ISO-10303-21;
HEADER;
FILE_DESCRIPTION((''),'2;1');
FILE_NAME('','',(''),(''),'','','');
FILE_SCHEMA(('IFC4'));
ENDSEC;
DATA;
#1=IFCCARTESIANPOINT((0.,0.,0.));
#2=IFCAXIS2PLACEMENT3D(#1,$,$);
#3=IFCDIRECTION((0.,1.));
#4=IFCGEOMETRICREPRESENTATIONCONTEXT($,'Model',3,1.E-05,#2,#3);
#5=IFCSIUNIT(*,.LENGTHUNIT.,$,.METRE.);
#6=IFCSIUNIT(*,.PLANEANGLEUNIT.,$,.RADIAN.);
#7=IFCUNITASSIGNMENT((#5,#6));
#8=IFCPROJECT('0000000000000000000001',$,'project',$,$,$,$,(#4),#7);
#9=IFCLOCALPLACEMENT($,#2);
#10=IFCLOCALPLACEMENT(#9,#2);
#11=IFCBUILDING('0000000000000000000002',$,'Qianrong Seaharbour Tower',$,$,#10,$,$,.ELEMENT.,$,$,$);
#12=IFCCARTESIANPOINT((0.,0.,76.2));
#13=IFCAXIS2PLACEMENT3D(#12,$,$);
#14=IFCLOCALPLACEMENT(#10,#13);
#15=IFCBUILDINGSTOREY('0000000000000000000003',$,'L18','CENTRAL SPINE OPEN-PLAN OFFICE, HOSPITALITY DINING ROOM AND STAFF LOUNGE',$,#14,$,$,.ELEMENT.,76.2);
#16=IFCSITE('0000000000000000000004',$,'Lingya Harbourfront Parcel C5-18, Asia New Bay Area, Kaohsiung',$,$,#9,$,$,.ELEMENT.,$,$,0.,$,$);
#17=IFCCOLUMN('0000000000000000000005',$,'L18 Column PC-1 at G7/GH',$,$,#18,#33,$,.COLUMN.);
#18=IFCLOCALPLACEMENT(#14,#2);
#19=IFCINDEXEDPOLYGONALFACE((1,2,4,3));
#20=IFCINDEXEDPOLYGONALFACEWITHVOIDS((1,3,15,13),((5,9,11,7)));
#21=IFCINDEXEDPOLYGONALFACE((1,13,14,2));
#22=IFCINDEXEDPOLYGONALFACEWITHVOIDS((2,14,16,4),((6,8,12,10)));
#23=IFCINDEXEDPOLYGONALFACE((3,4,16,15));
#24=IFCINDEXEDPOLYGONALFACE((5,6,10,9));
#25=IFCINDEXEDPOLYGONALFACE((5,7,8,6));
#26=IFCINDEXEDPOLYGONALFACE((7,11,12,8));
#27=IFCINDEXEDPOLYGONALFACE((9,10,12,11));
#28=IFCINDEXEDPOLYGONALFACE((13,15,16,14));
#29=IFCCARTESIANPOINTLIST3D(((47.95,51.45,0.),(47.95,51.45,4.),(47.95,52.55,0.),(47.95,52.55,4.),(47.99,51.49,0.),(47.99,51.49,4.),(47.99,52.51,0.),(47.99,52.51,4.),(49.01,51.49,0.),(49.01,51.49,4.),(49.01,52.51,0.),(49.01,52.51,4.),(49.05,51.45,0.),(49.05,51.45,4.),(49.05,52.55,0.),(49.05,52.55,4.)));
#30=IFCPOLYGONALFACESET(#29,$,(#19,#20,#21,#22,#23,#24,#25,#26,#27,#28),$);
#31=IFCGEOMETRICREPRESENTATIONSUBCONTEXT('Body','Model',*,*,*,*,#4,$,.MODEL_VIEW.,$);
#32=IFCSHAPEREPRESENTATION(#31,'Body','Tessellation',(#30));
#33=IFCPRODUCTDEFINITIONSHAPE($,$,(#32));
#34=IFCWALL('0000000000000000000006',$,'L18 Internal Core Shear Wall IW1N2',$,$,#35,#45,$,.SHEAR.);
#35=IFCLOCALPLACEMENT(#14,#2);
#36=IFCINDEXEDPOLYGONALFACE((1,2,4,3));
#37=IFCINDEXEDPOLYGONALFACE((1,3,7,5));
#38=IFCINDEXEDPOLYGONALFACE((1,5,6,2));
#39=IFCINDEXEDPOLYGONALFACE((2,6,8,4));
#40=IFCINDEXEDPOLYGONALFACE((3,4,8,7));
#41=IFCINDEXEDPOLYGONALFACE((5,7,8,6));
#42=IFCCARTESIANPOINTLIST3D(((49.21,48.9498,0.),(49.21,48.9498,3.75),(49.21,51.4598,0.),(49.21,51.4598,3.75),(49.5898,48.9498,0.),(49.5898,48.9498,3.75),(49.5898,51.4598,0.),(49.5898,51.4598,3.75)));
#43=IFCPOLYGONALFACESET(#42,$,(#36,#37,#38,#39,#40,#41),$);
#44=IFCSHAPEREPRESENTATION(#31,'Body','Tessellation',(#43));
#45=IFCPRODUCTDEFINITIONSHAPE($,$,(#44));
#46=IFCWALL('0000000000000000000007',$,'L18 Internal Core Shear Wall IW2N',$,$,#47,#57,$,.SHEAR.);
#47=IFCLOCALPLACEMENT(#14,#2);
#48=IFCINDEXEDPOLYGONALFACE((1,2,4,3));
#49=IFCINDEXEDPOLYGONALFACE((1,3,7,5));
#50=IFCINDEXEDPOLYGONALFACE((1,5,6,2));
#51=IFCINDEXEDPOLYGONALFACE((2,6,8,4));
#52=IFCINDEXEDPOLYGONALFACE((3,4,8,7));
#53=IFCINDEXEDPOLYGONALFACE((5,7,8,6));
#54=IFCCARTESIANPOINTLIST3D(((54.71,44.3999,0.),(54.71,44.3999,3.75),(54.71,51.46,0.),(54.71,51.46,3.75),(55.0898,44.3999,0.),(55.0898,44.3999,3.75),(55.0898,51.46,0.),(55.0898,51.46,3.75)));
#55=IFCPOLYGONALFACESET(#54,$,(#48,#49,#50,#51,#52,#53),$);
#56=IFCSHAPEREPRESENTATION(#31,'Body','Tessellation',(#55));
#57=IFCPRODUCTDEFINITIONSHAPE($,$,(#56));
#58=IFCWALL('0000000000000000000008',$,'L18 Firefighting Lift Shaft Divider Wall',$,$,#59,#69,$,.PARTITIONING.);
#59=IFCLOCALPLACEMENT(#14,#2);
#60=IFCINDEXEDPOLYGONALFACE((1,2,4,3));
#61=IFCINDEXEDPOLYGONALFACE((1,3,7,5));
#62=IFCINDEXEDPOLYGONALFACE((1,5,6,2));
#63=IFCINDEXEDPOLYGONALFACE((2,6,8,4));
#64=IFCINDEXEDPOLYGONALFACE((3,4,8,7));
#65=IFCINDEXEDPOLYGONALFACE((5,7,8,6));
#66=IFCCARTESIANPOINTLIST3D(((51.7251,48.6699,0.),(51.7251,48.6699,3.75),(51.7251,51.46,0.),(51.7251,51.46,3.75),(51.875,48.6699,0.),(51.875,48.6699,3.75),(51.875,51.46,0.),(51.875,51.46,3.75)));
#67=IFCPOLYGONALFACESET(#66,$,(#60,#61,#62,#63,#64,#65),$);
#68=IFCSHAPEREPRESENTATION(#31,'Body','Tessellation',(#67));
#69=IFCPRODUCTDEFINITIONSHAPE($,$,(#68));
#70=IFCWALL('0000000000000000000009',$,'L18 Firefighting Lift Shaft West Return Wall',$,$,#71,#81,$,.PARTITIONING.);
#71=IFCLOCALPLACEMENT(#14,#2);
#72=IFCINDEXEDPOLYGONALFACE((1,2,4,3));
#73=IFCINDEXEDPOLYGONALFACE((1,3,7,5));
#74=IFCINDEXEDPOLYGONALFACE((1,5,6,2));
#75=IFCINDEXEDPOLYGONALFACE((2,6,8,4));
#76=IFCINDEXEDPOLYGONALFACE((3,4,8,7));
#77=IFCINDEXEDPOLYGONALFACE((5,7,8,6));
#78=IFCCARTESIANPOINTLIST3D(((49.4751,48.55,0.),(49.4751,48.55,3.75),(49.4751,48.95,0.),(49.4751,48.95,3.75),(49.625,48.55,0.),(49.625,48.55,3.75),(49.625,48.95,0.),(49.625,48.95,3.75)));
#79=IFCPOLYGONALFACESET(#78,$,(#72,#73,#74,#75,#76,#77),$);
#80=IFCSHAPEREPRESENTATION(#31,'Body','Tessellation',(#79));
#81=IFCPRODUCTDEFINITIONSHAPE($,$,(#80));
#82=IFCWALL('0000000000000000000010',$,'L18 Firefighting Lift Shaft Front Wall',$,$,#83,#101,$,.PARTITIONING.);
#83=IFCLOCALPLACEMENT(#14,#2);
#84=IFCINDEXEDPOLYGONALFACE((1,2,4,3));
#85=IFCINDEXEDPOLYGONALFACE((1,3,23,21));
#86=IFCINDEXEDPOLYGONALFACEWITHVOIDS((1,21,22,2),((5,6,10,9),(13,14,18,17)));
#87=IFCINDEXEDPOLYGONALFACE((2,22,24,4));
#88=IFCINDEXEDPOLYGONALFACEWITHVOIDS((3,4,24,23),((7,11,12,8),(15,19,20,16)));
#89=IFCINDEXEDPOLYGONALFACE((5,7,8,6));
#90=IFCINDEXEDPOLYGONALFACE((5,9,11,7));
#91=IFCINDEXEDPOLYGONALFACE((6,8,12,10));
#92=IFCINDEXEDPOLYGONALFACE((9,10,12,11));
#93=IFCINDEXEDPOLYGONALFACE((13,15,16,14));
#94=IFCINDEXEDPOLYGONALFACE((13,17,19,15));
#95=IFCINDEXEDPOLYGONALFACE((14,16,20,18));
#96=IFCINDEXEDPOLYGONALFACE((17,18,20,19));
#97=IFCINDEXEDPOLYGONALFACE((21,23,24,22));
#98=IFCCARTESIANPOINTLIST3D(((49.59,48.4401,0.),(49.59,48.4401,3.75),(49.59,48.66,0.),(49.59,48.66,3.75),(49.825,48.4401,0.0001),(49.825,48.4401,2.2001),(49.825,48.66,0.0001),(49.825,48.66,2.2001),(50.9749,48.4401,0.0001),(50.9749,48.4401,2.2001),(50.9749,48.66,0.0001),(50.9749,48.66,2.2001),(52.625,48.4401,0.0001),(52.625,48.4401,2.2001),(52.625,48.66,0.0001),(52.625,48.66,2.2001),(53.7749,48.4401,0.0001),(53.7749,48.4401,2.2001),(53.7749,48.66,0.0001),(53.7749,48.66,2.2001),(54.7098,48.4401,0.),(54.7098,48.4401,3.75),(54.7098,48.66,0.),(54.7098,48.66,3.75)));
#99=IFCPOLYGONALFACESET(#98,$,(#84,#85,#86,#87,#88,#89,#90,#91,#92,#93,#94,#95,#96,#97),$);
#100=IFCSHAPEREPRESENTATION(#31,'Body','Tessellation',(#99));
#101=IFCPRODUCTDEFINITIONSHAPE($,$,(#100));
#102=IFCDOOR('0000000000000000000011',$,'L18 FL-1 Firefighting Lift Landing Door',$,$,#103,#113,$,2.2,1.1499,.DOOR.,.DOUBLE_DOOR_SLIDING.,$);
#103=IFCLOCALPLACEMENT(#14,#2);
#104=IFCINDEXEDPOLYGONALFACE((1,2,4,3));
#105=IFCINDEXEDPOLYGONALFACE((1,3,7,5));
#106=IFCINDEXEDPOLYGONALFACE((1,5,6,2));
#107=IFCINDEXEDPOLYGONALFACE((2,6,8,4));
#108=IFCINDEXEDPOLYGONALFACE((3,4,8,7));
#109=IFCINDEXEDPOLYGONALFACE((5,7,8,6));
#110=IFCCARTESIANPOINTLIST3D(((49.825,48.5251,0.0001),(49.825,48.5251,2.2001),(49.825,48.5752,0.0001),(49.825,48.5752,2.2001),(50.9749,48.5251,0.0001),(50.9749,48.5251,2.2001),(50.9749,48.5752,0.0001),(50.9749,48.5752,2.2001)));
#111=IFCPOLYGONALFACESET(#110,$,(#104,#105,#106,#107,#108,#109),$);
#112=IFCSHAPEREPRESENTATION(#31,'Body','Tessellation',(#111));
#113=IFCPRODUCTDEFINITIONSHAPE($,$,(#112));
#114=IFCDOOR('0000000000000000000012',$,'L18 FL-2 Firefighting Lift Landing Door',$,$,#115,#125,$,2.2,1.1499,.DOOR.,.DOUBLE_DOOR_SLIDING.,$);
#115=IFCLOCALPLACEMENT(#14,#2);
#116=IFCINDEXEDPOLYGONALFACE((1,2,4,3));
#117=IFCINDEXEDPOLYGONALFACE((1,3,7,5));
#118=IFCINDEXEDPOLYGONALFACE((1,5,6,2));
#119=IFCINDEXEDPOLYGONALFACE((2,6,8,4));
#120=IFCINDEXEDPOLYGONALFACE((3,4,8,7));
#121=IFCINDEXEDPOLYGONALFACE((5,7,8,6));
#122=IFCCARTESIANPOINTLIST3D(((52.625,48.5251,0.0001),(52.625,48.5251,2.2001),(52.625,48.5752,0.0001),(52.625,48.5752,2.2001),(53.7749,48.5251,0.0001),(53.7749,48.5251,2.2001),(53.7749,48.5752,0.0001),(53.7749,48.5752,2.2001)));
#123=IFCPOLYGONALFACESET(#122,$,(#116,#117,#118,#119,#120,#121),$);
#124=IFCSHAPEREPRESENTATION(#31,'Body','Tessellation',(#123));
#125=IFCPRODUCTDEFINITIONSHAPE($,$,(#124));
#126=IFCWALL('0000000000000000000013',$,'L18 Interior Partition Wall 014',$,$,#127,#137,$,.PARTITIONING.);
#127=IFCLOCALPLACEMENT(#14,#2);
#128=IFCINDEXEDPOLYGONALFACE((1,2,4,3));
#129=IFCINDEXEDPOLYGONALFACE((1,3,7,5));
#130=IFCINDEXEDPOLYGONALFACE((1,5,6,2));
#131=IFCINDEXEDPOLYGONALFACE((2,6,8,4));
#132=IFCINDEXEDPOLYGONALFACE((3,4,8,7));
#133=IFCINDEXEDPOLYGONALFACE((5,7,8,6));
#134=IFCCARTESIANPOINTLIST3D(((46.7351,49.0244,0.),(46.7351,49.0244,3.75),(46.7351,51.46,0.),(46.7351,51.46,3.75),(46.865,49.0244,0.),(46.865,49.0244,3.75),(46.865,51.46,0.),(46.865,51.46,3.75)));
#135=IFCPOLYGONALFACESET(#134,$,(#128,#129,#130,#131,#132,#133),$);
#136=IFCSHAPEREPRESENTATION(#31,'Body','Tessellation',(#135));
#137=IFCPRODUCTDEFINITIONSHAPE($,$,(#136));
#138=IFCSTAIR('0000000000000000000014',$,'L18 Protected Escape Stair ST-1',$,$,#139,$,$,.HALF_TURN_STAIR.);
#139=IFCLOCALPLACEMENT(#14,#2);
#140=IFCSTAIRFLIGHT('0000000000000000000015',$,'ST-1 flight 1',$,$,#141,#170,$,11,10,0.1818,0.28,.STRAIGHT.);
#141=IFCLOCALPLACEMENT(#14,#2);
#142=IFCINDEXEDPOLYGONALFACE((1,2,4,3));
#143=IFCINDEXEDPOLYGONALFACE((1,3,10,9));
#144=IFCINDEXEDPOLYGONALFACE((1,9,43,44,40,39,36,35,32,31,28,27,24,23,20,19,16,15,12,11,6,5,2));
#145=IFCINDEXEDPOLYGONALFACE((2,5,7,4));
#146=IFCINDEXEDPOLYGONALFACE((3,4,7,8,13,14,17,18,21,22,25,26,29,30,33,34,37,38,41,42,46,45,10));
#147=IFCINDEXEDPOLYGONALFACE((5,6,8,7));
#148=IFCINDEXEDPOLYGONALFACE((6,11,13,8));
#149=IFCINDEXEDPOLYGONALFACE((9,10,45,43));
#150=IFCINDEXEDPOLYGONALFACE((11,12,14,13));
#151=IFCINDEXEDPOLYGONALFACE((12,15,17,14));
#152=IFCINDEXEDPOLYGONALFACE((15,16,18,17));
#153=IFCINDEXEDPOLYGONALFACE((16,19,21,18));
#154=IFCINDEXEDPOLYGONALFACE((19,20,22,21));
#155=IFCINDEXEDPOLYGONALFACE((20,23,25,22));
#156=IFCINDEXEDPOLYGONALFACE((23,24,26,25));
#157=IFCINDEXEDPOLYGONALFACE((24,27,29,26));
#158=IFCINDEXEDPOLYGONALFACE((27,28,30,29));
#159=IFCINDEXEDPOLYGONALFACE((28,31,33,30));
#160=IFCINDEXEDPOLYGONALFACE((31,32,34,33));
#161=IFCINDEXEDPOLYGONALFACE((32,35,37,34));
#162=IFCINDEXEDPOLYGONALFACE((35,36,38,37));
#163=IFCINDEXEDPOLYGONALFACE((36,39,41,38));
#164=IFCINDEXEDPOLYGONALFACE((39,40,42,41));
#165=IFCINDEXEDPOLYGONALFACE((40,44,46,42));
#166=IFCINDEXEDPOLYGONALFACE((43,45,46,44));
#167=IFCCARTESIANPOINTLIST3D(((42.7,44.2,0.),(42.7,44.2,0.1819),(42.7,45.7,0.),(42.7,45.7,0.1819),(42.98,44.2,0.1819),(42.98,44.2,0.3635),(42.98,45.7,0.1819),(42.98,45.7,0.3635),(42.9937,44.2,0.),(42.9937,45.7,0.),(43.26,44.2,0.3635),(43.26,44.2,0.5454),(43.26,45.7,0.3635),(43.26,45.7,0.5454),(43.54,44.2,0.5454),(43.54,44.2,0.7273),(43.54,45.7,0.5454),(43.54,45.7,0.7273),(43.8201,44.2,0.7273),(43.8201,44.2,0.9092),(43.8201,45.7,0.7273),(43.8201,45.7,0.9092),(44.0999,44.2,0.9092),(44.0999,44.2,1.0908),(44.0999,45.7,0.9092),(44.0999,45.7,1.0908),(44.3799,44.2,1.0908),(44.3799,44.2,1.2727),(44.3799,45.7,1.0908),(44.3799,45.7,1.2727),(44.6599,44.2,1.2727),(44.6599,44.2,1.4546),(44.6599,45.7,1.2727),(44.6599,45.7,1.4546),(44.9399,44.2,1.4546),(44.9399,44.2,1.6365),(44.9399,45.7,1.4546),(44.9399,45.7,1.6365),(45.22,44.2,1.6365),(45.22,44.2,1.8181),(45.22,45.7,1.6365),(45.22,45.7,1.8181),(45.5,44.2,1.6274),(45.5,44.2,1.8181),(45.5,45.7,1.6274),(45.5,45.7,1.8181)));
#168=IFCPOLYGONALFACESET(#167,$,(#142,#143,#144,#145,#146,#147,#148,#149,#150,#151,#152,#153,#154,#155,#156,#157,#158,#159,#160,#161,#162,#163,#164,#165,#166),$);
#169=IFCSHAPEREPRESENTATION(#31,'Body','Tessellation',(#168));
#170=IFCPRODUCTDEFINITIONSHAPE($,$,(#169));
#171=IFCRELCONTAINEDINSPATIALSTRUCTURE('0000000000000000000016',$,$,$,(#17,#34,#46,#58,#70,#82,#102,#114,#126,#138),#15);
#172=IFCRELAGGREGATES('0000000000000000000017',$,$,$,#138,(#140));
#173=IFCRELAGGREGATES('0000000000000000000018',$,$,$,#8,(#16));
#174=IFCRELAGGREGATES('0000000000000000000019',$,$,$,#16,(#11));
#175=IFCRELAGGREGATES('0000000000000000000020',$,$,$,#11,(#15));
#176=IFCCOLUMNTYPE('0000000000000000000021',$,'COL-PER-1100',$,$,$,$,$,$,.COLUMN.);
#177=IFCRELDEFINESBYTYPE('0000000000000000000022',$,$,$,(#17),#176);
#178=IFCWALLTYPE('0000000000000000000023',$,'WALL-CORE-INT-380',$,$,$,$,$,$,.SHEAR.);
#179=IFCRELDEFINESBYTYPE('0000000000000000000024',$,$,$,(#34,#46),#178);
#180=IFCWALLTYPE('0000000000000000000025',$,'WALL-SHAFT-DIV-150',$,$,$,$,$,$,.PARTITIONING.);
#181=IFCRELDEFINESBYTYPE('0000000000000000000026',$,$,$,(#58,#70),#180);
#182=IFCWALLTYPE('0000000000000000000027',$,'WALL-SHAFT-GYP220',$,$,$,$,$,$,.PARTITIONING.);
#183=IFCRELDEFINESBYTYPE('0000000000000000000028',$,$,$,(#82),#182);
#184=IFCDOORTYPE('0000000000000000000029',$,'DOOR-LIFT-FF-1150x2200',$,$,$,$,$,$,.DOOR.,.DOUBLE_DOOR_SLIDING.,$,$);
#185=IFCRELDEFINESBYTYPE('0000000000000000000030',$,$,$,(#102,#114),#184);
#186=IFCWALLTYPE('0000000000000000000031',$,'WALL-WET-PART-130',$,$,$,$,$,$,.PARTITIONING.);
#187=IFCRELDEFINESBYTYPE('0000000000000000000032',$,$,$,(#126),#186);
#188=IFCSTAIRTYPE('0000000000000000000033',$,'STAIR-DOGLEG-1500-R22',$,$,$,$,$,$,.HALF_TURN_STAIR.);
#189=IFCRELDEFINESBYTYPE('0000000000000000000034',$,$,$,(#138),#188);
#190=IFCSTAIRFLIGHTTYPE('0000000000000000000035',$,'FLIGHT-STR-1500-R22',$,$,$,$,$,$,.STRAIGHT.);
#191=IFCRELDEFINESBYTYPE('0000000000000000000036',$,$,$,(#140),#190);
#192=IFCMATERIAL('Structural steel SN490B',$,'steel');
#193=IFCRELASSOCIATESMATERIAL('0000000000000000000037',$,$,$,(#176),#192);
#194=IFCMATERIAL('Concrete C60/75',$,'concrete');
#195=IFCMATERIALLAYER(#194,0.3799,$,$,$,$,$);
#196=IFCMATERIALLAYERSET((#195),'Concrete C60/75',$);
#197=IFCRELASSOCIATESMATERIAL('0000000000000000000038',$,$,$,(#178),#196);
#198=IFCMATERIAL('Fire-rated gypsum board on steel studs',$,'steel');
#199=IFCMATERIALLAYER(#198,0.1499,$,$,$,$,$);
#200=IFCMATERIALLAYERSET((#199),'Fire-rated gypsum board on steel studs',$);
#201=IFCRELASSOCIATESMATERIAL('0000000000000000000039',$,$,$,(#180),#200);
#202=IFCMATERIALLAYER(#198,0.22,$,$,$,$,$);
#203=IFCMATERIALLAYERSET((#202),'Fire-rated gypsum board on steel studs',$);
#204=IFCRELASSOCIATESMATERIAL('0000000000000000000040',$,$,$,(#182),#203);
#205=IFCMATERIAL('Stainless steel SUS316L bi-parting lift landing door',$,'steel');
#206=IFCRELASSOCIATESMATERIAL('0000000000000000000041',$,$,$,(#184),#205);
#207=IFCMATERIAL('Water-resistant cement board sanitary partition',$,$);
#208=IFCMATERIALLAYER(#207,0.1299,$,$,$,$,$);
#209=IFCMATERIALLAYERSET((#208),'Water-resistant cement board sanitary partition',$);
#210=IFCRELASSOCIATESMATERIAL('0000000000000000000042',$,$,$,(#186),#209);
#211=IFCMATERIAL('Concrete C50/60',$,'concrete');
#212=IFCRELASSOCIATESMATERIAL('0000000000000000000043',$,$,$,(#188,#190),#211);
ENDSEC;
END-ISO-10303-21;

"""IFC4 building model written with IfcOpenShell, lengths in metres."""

from ifc_helpers import new_model, si_unit, direction, frame, frame_2d, origin, origin_2d, place, context, subcontext, project, spatial, polyline, rectangle, hollow_rectangle, outline, extrude, material, layer, layer_set, material_profile, profile_set, type_object, element, fill, aggregate, save


model = new_model("IFC4")

# Units and contexts
model_context = context("Model", 3, precision=1e-05, world=origin(), true_north=direction((0.0, 1.0)))
body_context = subcontext(model_context, "Body", "Model", "MODEL_VIEW")
ifc_project = project(units=[si_unit("LENGTHUNIT", "METRE"), si_unit("PLANEANGLEUNIT", "RADIAN")], contexts=[model_context])

# Site, building, storey
site_placement = place(None, origin())
site = spatial("IfcSite", under=ifc_project, at=site_placement, Name="Lingya Harbourfront Parcel C5-18, Asia New Bay Area, Kaohsiung", CompositionType="ELEMENT", RefElevation=0.0)
building_placement = place(site_placement, origin())
building = spatial("IfcBuilding", under=site, at=building_placement, Name="Qianrong Seaharbour Tower", CompositionType="ELEMENT")
storey_placement = place(building_placement, frame((0.0, 0.0, 76.2)))
storey = spatial("IfcBuildingStorey", under=building, at=storey_placement, Name="L18", Description="CENTRAL SPINE OPEN-PLAN OFFICE, HOSPITALITY DINING ROOM AND STAFF LOUNGE", CompositionType="ELEMENT", Elevation=76.2)

# Column
ifc_material_1 = material(Name="Structural steel SN490B", Category="steel")
ifc_material_profile = material_profile(ifc_material_1, hollow_rectangle(XDim=1.1001, YDim=1.1001, WallThickness=0.04, at=origin_2d()), Name="BOX1100x1100x40")
ifc_profile_set = profile_set([ifc_material_profile], Name="Structural steel SN490B")
column_type = type_object("IfcColumnType", Name="COL-PER-1100", PredefinedType="COLUMN", material=ifc_profile_set)
column_placement = place(storey_placement, frame((48.5, 52.0, 0.0), z_axis=(0.0, 0.0, 1.0), x_axis=(1.0, 0.0, 0.0)))
element("IfcColumn", 1, at=column_placement, inside=storey, type_object=column_type, Name="L18 Column PC-1 at G7/GH", PredefinedType="COLUMN", context=body_context, shape_type="SweptSolid", body=[
    extrude(hollow_rectangle(XDim=1.1001, YDim=1.1001, WallThickness=0.04, at=origin_2d()), origin(), (0.0, 0.0, 1.0), 4.0),
])

# Walls
ifc_material_2 = material(Name="Concrete C60/75", Category="concrete")
ifc_layer_1 = layer(ifc_material_2, 0.3799)
ifc_layer_set_1 = layer_set([ifc_layer_1], Name="Concrete C60/75")
wall_type_1 = type_object("IfcWallType", Name="WALL-CORE-INT-380", PredefinedType="SHEAR", material=ifc_layer_set_1)
wall_1_placement = place(storey_placement, frame((49.3999, 48.95, 0.0), z_axis=(0.0, 0.0, 1.0), x_axis=(0.0, 1.0, 0.0)))
element("IfcWall", 2, at=wall_1_placement, inside=storey, type_object=wall_type_1, Name="L18 Internal Core Shear Wall IW1N2", PredefinedType="SHEAR", context=body_context, shape_type="SweptSolid", body=[
    extrude(rectangle(XDim=2.51, YDim=0.3799, at=frame_2d((1.2549, 0.0))), origin(), (0.0, 0.0, 1.0), 3.75),
])
wall_2_placement = place(storey_placement, frame((54.8999, 44.3999, 0.0), z_axis=(0.0, 0.0, 1.0), x_axis=(0.0, 1.0, 0.0)))
element("IfcWall", 3, at=wall_2_placement, inside=storey, type_object=wall_type_1, Name="L18 Internal Core Shear Wall IW2N", PredefinedType="SHEAR", context=body_context, shape_type="SweptSolid", body=[
    extrude(rectangle(XDim=7.0601, YDim=0.3799, at=frame_2d((3.53, 0.0))), origin(), (0.0, 0.0, 1.0), 3.75),
])

# Walls
ifc_material_3 = material(Name="Fire-rated gypsum board on steel studs", Category="steel")
ifc_layer_2 = layer(ifc_material_3, 0.1499)
ifc_layer_set_2 = layer_set([ifc_layer_2], Name="Fire-rated gypsum board on steel studs")
wall_type_2 = type_object("IfcWallType", Name="WALL-SHAFT-DIV-150", PredefinedType="PARTITIONING", material=ifc_layer_set_2)
wall_3_placement = place(storey_placement, frame((51.8, 48.6699, 0.0), z_axis=(0.0, 0.0, 1.0), x_axis=(0.0, 1.0, 0.0)))
element("IfcWall", 4, at=wall_3_placement, inside=storey, type_object=wall_type_2, Name="L18 Firefighting Lift Shaft Divider Wall", PredefinedType="PARTITIONING", context=body_context, shape_type="SweptSolid", body=[
    extrude(rectangle(XDim=2.79, YDim=0.1499, at=frame_2d((1.395, 0.0))), origin(), (0.0, 0.0, 1.0), 3.75),
])
wall_4_placement = place(storey_placement, frame((49.55, 48.55, 0.0), z_axis=(0.0, 0.0, 1.0), x_axis=(0.0, 1.0, 0.0)))
element("IfcWall", 5, at=wall_4_placement, inside=storey, type_object=wall_type_2, Name="L18 Firefighting Lift Shaft West Return Wall", PredefinedType="PARTITIONING", context=body_context, shape_type="SweptSolid", body=[
    extrude(rectangle(XDim=0.3999, YDim=0.1499, at=frame_2d((0.2, 0.0))), origin(), (0.0, 0.0, 1.0), 3.75),
])

# Wall, openings, doors
ifc_layer_3 = layer(ifc_material_3, 0.22)
ifc_layer_set_3 = layer_set([ifc_layer_3], Name="Fire-rated gypsum board on steel studs")
wall_type_3 = type_object("IfcWallType", Name="WALL-SHAFT-GYP220", PredefinedType="PARTITIONING", material=ifc_layer_set_3)
wall_5_placement = place(storey_placement, frame((54.71, 48.55, 0.0), z_axis=(0.0, 0.0, 1.0), x_axis=(-1.0, 0.0, 0.0)))
wall_5 = element("IfcWall", 6, at=wall_5_placement, inside=storey, type_object=wall_type_3, Name="L18 Firefighting Lift Shaft Front Wall", PredefinedType="PARTITIONING", context=body_context, shape_type="SweptSolid", body=[
    extrude(rectangle(XDim=5.1199, YDim=0.22, at=frame_2d((2.5601, 0.0))), origin(), (0.0, 0.0, 1.0), 3.75),
])
opening_1_placement = place(wall_5_placement, frame((3.7351, 0.0, 0.0)))
opening_1 = element("IfcOpeningElement", 7, at=opening_1_placement, cuts=wall_5, PredefinedType="OPENING", context=body_context, shape_type="SweptSolid", body=[
    extrude(rectangle(XDim=1.1499, YDim=2.2, at=frame_2d((0.575, 1.1001))), frame((0.0, 0.1201, 0.0), z_axis=(0.0, -1.0, 0.0), x_axis=(1.0, 0.0, 0.0)), (0.0, 0.0, 1.0), 0.24),
])
opening_2_placement = place(wall_5_placement, frame((0.9351, 0.0, 0.0)))
opening_2 = element("IfcOpeningElement", 8, at=opening_2_placement, cuts=wall_5, PredefinedType="OPENING", context=body_context, shape_type="SweptSolid", body=[
    extrude(rectangle(XDim=1.1499, YDim=2.2, at=frame_2d((0.575, 1.1001))), frame((0.0, 0.1201, 0.0), z_axis=(0.0, -1.0, 0.0), x_axis=(1.0, 0.0, 0.0)), (0.0, 0.0, 1.0), 0.24),
])
ifc_material_4 = material(Name="Stainless steel SUS316L bi-parting lift landing door", Category="steel")
door_type_1 = type_object("IfcDoorType", Name="DOOR-LIFT-FF-1150x2200", OperationType="DOUBLE_DOOR_SLIDING", PredefinedType="DOOR", material=ifc_material_4)
door_1_placement = place(opening_1_placement, origin())
door_1 = element("IfcDoor", 9, at=door_1_placement, inside=storey, type_object=door_type_1, Name="L18 FL-1 Firefighting Lift Landing Door", OperationType="DOUBLE_DOOR_SLIDING", OverallHeight=2.2, OverallWidth=1.1499, PredefinedType="DOOR", context=body_context, shape_type="SweptSolid", body=[
    extrude(rectangle(XDim=1.1499, YDim=2.2, at=frame_2d((0.575, 1.1001))), frame((0.0, 0.0249, 0.0), z_axis=(0.0, -1.0, 0.0), x_axis=(1.0, 0.0, 0.0)), (0.0, 0.0, 1.0), 0.05),
])
fill(opening_1, door_1)
door_2_placement = place(opening_2_placement, origin())
door_2 = element("IfcDoor", 10, at=door_2_placement, inside=storey, type_object=door_type_1, Name="L18 FL-2 Firefighting Lift Landing Door", OperationType="DOUBLE_DOOR_SLIDING", OverallHeight=2.2, OverallWidth=1.1499, PredefinedType="DOOR", context=body_context, shape_type="SweptSolid", body=[
    extrude(rectangle(XDim=1.1499, YDim=2.2, at=frame_2d((0.575, 1.1001))), frame((0.0, 0.0249, 0.0), z_axis=(0.0, -1.0, 0.0), x_axis=(1.0, 0.0, 0.0)), (0.0, 0.0, 1.0), 0.05),
])
fill(opening_2, door_2)

# Wall
ifc_material_5 = material(Name="Water-resistant cement board sanitary partition")
ifc_layer_4 = layer(ifc_material_5, 0.1299)
ifc_layer_set_4 = layer_set([ifc_layer_4], Name="Water-resistant cement board sanitary partition")
wall_type_4 = type_object("IfcWallType", Name="WALL-WET-PART-130", PredefinedType="PARTITIONING", material=ifc_layer_set_4)
wall_6_placement = place(storey_placement, frame((46.8, 51.46, 0.0), z_axis=(0.0, 0.0, 1.0), x_axis=(0.0, -1.0, 0.0)))
element("IfcWall", 11, at=wall_6_placement, inside=storey, type_object=wall_type_4, Name="L18 Interior Partition Wall 014", PredefinedType="PARTITIONING", context=body_context, shape_type="SweptSolid", body=[
    extrude(rectangle(XDim=2.4355, YDim=0.1299, at=frame_2d((1.2178, 0.0))), origin(), (0.0, 0.0, 1.0), 3.75),
])

# Stair, stair flight
ifc_material_6 = material(Name="Concrete C50/60", Category="concrete")
stair_type = type_object("IfcStairType", Name="STAIR-DOGLEG-1500-R22", PredefinedType="HALF_TURN_STAIR", material=ifc_material_6)
stair_placement = place(storey_placement, origin())
stair = element("IfcStair", 12, at=stair_placement, inside=storey, type_object=stair_type, Name="L18 Protected Escape Stair ST-1", PredefinedType="HALF_TURN_STAIR")
stair_flight_type = type_object("IfcStairFlightType", Name="FLIGHT-STR-1500-R22", PredefinedType="STRAIGHT", material=ifc_material_6)
stair_flight_1_placement = place(storey_placement, frame((42.7, 44.95, 0.0), z_axis=(0.0, 0.0, 1.0), x_axis=(1.0, 0.0, 0.0)))
stair_flight_1 = element("IfcStairFlight", 13, at=stair_flight_1_placement, type_object=stair_flight_type, Name="ST-1 flight 1", NumberOfRisers=11, NumberOfTreads=10, PredefinedType="STRAIGHT", RiserHeight=0.1818, TreadLength=0.28, context=body_context, shape_type="SweptSolid", body=[
    extrude(outline(polyline([(0.0, 0.0), (0.0, 0.1819), (0.28, 0.1819), (0.28, 0.3635), (0.5601, 0.3635), (0.5601, 0.5454), (0.8401, 0.5454), (0.8401, 0.7273), (1.1201, 0.7273), (1.1201, 0.9092), (1.3999, 0.9092), (1.3999, 1.0908), (1.6799, 1.0908), (1.6799, 1.2727), (1.96, 1.2727), (1.96, 1.4546), (2.24, 1.4546), (2.24, 1.6365), (2.52, 1.6365), (2.52, 1.8181), (2.8, 1.8181), (2.8, 2.0), (2.8, 1.6274), (0.2937, 0.0), (0.0, 0.0)])), frame((0.0, 0.75, 0.0), z_axis=(0.0, -1.0, 0.0), x_axis=(1.0, 0.0, 0.0)), (0.0, 0.0, 1.0), 1.5),
])
aggregate(stair, [stair_flight_1])

save(model, "model.ifc")
